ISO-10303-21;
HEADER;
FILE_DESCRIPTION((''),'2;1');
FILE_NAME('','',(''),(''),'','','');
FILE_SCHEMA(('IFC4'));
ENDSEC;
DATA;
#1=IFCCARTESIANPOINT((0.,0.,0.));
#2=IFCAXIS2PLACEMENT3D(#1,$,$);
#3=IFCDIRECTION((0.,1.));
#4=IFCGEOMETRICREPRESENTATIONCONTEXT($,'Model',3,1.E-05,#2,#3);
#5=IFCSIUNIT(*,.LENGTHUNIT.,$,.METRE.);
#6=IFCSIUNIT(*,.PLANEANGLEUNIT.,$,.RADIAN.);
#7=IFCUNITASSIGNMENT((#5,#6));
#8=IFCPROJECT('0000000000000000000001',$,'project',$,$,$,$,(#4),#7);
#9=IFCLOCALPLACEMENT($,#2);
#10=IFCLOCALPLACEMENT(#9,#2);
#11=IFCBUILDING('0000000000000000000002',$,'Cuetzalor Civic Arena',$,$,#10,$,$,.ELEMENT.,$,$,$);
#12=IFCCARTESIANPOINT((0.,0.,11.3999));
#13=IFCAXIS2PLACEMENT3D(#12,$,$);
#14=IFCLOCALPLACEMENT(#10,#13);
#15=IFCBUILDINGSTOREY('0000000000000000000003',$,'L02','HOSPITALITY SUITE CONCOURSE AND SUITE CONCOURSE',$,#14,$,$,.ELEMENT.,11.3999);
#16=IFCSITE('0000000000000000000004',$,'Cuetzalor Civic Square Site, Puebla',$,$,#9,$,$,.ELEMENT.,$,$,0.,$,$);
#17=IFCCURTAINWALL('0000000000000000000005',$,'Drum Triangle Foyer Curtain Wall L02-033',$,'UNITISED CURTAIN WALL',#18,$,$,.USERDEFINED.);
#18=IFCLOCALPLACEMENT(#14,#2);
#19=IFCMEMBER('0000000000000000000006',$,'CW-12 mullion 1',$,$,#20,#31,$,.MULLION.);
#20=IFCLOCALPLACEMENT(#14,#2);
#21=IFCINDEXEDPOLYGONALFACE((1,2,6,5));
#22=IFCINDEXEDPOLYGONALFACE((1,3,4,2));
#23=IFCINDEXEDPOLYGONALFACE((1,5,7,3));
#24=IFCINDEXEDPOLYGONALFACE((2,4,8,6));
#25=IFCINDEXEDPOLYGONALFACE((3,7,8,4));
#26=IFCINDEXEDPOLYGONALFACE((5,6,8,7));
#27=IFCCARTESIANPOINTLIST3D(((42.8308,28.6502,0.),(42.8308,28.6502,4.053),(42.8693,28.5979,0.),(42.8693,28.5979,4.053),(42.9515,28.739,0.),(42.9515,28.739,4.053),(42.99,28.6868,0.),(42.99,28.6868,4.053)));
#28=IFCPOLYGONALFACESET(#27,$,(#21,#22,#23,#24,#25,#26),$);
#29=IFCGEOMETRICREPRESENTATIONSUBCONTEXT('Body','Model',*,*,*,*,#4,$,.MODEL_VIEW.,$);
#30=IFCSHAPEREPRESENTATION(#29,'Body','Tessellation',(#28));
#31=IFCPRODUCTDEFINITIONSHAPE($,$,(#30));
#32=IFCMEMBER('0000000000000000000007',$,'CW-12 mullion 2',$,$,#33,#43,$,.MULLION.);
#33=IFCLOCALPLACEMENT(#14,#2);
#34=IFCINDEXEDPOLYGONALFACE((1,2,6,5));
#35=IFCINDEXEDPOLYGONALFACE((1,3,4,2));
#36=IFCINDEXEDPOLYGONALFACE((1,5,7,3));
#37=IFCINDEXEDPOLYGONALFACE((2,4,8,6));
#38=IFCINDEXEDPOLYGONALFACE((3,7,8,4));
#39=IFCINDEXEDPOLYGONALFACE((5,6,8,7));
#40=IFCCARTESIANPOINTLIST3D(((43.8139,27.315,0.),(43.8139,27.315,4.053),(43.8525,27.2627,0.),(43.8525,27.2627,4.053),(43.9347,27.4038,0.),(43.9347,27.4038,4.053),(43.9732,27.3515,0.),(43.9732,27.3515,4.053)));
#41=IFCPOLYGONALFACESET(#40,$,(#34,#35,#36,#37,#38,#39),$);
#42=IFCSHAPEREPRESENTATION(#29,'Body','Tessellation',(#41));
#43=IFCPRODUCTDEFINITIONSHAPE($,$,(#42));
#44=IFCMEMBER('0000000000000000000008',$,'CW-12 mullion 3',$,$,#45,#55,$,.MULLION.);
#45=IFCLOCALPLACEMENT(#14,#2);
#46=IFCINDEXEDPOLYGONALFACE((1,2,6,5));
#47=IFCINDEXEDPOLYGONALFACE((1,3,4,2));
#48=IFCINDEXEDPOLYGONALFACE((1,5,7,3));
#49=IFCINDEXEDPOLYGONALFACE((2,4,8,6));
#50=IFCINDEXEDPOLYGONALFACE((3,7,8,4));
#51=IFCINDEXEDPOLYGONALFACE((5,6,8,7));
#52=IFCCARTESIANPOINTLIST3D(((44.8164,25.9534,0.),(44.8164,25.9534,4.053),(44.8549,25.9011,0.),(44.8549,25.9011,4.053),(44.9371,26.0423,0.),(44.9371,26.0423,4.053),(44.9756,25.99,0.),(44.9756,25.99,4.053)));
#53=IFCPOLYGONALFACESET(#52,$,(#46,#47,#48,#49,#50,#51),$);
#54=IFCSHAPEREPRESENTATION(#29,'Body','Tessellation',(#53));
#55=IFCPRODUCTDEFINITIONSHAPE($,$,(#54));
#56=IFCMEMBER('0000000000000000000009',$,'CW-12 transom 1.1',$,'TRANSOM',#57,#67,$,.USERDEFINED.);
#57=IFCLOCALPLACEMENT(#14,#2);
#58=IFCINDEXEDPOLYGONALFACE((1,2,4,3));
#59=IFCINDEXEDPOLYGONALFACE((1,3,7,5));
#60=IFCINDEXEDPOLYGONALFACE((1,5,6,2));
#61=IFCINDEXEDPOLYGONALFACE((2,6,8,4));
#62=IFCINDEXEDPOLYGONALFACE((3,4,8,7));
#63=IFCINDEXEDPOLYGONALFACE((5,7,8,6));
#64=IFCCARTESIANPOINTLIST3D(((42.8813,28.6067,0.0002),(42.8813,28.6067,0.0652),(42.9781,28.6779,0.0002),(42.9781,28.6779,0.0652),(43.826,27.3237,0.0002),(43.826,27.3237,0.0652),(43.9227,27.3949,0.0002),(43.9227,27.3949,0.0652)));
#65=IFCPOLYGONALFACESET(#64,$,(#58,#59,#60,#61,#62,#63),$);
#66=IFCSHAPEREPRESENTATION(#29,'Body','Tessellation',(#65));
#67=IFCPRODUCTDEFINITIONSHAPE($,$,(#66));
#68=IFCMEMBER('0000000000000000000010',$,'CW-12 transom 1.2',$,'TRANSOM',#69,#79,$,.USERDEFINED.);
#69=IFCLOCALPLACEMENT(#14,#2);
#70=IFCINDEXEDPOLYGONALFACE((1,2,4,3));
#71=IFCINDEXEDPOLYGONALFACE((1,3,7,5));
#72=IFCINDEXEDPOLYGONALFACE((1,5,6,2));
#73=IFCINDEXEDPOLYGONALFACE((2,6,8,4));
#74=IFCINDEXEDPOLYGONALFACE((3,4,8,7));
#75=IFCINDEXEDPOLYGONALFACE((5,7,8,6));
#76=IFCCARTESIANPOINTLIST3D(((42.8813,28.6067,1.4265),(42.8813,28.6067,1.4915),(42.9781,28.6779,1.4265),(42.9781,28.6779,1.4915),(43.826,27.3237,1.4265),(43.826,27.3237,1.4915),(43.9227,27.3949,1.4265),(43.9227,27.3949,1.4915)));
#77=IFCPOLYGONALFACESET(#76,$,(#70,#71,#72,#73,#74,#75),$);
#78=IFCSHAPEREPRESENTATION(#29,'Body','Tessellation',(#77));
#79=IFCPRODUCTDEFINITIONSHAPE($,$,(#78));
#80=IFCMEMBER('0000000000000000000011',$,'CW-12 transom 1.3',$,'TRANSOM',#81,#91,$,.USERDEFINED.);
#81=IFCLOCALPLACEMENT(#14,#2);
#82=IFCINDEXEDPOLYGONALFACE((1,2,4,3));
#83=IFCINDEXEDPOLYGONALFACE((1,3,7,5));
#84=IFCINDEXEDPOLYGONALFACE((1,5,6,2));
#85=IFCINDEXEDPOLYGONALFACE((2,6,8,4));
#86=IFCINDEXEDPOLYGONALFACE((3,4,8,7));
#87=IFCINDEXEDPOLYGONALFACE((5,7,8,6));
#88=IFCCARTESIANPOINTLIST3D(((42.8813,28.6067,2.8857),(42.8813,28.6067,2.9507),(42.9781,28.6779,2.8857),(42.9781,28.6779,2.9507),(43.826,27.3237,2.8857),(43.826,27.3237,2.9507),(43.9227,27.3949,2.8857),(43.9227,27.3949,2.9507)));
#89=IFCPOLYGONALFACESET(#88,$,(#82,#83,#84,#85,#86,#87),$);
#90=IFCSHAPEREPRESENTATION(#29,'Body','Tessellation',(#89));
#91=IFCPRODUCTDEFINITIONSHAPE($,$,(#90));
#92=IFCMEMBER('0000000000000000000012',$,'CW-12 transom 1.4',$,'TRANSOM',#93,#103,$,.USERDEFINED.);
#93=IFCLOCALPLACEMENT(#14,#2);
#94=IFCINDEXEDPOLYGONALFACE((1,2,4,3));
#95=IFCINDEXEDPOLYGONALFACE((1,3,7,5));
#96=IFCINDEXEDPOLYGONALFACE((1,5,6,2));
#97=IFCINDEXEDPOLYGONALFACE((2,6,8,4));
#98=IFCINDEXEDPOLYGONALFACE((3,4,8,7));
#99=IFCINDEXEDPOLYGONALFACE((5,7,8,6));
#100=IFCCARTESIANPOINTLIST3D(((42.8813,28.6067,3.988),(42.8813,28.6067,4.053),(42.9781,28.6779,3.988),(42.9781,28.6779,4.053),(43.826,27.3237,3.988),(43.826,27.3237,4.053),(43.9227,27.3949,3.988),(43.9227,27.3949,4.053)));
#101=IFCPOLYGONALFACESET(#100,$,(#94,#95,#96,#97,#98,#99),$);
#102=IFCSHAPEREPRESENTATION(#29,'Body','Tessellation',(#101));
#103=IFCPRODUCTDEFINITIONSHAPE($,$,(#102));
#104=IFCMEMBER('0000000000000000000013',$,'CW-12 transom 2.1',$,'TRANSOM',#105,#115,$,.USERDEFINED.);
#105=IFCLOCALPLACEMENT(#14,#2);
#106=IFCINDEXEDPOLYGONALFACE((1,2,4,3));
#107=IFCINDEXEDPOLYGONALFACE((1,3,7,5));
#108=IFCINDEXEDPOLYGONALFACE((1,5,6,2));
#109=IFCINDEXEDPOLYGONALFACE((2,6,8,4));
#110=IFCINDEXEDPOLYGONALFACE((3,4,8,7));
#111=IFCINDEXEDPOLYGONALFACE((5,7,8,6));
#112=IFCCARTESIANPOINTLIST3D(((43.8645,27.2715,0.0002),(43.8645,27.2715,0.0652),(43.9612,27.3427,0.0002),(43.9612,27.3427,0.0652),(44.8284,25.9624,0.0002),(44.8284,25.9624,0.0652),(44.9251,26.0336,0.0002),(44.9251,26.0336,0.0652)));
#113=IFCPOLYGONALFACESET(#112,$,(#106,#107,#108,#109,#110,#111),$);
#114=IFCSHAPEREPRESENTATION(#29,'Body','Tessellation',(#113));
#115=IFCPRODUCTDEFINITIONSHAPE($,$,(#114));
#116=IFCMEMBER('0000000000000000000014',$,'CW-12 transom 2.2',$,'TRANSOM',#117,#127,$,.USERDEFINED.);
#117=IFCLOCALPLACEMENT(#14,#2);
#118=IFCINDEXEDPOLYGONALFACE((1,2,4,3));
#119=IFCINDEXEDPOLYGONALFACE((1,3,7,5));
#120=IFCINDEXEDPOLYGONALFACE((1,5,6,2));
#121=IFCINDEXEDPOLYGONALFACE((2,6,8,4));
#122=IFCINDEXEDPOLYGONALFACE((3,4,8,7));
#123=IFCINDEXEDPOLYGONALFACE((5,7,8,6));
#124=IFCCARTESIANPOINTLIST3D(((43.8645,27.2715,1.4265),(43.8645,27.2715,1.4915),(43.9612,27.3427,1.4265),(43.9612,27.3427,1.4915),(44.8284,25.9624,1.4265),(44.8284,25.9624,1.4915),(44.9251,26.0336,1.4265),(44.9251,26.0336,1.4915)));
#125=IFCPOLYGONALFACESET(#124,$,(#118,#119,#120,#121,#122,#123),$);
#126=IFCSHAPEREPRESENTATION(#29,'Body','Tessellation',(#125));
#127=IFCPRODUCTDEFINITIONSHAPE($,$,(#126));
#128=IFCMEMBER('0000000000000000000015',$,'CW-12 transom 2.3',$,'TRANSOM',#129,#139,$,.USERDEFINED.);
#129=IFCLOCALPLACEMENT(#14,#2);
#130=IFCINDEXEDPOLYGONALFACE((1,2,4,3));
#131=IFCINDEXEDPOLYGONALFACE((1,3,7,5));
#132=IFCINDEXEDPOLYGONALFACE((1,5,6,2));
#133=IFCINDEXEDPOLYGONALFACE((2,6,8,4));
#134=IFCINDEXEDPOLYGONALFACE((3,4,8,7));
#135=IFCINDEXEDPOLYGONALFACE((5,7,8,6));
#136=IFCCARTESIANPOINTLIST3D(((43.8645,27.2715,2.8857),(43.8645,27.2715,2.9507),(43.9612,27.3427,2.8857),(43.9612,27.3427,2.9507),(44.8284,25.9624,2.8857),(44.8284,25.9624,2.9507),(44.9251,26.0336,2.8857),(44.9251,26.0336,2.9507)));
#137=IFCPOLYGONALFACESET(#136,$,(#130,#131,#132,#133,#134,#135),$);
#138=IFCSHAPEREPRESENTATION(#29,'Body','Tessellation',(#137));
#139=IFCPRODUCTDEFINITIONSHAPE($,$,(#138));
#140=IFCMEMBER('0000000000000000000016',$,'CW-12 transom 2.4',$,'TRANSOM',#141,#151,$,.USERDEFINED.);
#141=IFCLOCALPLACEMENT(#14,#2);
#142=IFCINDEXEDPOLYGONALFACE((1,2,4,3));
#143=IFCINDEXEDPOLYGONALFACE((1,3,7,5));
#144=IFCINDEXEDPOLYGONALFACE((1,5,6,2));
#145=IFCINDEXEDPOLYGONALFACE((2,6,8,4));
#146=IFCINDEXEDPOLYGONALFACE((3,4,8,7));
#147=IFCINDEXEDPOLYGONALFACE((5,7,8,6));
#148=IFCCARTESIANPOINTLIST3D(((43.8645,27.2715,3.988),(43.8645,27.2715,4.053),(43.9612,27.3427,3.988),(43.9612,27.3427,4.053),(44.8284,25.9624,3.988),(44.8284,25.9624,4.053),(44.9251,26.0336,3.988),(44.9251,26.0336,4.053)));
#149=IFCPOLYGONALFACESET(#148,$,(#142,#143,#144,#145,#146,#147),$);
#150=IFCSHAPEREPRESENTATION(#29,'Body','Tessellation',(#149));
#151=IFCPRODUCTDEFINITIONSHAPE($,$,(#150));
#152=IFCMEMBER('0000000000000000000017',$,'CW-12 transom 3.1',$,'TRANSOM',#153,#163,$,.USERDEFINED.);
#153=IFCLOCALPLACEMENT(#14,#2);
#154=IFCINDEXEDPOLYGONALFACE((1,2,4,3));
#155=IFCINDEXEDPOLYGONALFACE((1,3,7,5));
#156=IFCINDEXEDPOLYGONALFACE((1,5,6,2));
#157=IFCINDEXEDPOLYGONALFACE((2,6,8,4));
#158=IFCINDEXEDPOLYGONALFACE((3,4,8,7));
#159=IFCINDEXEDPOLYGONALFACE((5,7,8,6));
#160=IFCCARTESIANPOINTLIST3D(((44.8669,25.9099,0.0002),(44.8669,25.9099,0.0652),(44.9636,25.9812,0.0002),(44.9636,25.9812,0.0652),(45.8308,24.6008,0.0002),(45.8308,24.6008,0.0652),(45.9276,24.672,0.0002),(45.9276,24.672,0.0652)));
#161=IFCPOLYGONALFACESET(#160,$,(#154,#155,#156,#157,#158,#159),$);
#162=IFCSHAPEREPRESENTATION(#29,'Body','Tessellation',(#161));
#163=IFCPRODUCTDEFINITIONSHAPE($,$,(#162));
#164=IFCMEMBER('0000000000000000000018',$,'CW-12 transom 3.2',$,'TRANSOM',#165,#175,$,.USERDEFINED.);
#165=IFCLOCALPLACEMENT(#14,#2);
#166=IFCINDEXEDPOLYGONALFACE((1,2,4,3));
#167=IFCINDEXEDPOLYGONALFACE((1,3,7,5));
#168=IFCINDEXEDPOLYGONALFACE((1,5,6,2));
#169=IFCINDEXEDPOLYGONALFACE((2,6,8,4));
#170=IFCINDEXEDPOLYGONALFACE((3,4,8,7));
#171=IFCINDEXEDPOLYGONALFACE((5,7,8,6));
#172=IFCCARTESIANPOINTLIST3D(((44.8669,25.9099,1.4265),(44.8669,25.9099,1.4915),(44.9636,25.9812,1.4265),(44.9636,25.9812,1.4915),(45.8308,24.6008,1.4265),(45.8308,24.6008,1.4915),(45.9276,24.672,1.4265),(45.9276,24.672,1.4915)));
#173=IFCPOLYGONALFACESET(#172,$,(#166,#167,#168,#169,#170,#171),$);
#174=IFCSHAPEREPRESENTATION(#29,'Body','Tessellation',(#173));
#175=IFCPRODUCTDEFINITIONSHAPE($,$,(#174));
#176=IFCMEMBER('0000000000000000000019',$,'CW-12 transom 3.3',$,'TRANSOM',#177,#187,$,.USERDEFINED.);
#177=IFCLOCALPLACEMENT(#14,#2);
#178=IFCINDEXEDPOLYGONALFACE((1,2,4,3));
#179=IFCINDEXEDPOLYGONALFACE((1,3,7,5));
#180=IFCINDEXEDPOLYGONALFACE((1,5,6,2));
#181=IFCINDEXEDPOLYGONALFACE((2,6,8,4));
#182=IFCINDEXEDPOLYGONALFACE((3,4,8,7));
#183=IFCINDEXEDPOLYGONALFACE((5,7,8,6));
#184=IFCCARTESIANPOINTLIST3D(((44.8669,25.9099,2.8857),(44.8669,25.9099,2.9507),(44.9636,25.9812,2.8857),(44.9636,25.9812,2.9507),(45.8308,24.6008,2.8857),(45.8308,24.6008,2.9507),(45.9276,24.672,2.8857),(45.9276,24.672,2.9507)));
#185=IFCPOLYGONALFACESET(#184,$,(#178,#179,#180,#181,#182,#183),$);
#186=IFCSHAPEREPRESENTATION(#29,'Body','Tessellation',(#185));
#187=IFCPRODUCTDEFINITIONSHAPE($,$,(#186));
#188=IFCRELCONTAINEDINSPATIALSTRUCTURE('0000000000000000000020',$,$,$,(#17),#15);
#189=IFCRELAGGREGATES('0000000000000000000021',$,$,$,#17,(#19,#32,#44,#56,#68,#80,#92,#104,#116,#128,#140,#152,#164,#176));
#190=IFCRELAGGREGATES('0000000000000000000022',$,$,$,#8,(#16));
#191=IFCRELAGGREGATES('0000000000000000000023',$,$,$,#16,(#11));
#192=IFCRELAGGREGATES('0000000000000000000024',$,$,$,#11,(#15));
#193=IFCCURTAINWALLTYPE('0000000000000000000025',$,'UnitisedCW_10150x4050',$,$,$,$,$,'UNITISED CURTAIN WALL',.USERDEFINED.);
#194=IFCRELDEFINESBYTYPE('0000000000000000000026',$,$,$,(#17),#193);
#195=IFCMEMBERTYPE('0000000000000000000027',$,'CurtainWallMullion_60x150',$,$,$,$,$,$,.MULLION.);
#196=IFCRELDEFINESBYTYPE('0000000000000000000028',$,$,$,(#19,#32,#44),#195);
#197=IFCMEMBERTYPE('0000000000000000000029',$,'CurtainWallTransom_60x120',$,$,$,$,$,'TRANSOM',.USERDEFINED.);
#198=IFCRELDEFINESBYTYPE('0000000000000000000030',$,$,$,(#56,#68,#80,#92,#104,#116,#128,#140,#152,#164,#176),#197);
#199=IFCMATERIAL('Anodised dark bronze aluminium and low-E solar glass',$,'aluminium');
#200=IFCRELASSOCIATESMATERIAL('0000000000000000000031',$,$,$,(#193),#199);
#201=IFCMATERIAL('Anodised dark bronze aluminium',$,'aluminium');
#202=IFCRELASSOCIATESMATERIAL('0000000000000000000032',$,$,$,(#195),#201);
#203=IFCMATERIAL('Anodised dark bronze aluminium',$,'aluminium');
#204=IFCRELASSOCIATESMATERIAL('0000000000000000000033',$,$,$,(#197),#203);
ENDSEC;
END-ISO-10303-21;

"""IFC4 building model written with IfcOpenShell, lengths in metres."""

from ifc_helpers import new_model, si_unit, direction, frame, origin, origin_2d, place, context, subcontext, project, spatial, rectangle, extrude, material, material_profile, profile_set, type_object, element, aggregate, save


model = new_model("IFC4")

# Units and contexts
model_context = context("Model", 3, precision=1e-05, world=origin(), true_north=direction((0.0, 1.0)))
body_context = subcontext(model_context, "Body", "Model", "MODEL_VIEW")
ifc_project = project(units=[si_unit("LENGTHUNIT", "METRE"), si_unit("PLANEANGLEUNIT", "RADIAN")], contexts=[model_context])

# Site, building, storey
site_placement = place(None, origin())
site = spatial("IfcSite", under=ifc_project, at=site_placement, Name="Cuetzalor Civic Square Site, Puebla", CompositionType="ELEMENT", RefElevation=0.0)
building_placement = place(site_placement, origin())
building = spatial("IfcBuilding", under=site, at=building_placement, Name="Cuetzalor Civic Arena", CompositionType="ELEMENT")
storey_placement = place(building_placement, frame((0.0, 0.0, 11.3999)))
storey = spatial("IfcBuildingStorey", under=building, at=storey_placement, Name="L02", Description="HOSPITALITY SUITE CONCOURSE AND SUITE CONCOURSE", CompositionType="ELEMENT", Elevation=11.3999)

# Curtain wall, members
ifc_material_1 = material(Name="Anodised dark bronze aluminium and low-E solar glass", Category="aluminium")
curtain_wall_type = type_object("IfcCurtainWallType", Name="UnitisedCW_10150x4050", ElementType="UNITISED CURTAIN WALL", PredefinedType="USERDEFINED", material=ifc_material_1)
curtain_wall_placement = place(storey_placement, origin())
curtain_wall = element("IfcCurtainWall", 1, at=curtain_wall_placement, inside=storey, type_object=curtain_wall_type, Name="Drum Triangle Foyer Curtain Wall L02-033", ObjectType="UNITISED CURTAIN WALL", PredefinedType="USERDEFINED")
ifc_material_2 = material(Name="Anodised dark bronze aluminium", Category="aluminium")
ifc_material_profile_1 = material_profile(ifc_material_2, rectangle(XDim=0.0649, YDim=0.1499, at=origin_2d()), Name="ALU MULLION 65x150")
ifc_profile_set_1 = profile_set([ifc_material_profile_1], Name="Anodised dark bronze aluminium")
member_type_1 = type_object("IfcMemberType", Name="CurtainWallMullion_60x150", PredefinedType="MULLION", material=ifc_profile_set_1)
member_1_placement = place(storey_placement, frame((42.9104, 28.6685, 0.0), z_axis=(0.0, 0.0, 1.0), x_axis=(0.592929, -0.805255, 0.0)))
member_1 = element("IfcMember", 2, at=member_1_placement, type_object=member_type_1, Name="CW-12 mullion 1", PredefinedType="MULLION", context=body_context, shape_type="SweptSolid", body=[
    extrude(rectangle(XDim=0.0649, YDim=0.1499, at=origin_2d()), origin(), (0.0, 0.0, 1.0), 4.053),
])
member_2_placement = place(storey_placement, frame((43.8936, 27.3333, 0.0), z_axis=(0.0, 0.0, 1.0), x_axis=(0.592929, -0.805255, 0.0)))
member_2 = element("IfcMember", 3, at=member_2_placement, type_object=member_type_1, Name="CW-12 mullion 2", PredefinedType="MULLION", context=body_context, shape_type="SweptSolid", body=[
    extrude(rectangle(XDim=0.0649, YDim=0.1499, at=origin_2d()), origin(), (0.0, 0.0, 1.0), 4.053),
])
member_3_placement = place(storey_placement, frame((44.896, 25.9717, 0.0), z_axis=(0.0, 0.0, 1.0), x_axis=(0.592929, -0.805255, 0.0)))
member_3 = element("IfcMember", 4, at=member_3_placement, type_object=member_type_1, Name="CW-12 mullion 3", PredefinedType="MULLION", context=body_context, shape_type="SweptSolid", body=[
    extrude(rectangle(XDim=0.0649, YDim=0.1499, at=origin_2d()), origin(), (0.0, 0.0, 1.0), 4.053),
])
ifc_material_3 = material(Name="Anodised dark bronze aluminium", Category="aluminium")
ifc_material_profile_2 = material_profile(ifc_material_3, rectangle(XDim=0.1201, YDim=0.0649, at=origin_2d()), Name="ALU TRANSOM 65x120")
ifc_profile_set_2 = profile_set([ifc_material_profile_2], Name="Anodised dark bronze aluminium")
member_type_2 = type_object("IfcMemberType", Name="CurtainWallTransom_60x120", ElementType="TRANSOM", PredefinedType="USERDEFINED", material=ifc_profile_set_2)
member_4_placement = place(storey_placement, frame((42.9297, 28.6423, 0.0327), z_axis=(0.592891, -0.805283, 0.0), x_axis=(0.805283, 0.592891, 0.0)))
member_4 = element("IfcMember", 5, at=member_4_placement, type_object=member_type_2, Name="CW-12 transom 1.1", ObjectType="TRANSOM", PredefinedType="USERDEFINED", context=body_context, shape_type="SweptSolid", body=[
    extrude(rectangle(XDim=0.1201, YDim=0.0649, at=origin_2d()), origin(), (0.0, 0.0, 1.0), 1.5933),
])
member_5_placement = place(storey_placement, frame((42.9297, 28.6423, 1.459), z_axis=(0.592891, -0.805283, 0.0), x_axis=(0.805283, 0.592891, 0.0)))
member_5 = element("IfcMember", 6, at=member_5_placement, type_object=member_type_2, Name="CW-12 transom 1.2", ObjectType="TRANSOM", PredefinedType="USERDEFINED", context=body_context, shape_type="SweptSolid", body=[
    extrude(rectangle(XDim=0.1201, YDim=0.0649, at=origin_2d()), origin(), (0.0, 0.0, 1.0), 1.5933),
])
member_6_placement = place(storey_placement, frame((42.9297, 28.6423, 2.9182), z_axis=(0.592891, -0.805283, 0.0), x_axis=(0.805283, 0.592891, 0.0)))
member_6 = element("IfcMember", 7, at=member_6_placement, type_object=member_type_2, Name="CW-12 transom 1.3", ObjectType="TRANSOM", PredefinedType="USERDEFINED", context=body_context, shape_type="SweptSolid", body=[
    extrude(rectangle(XDim=0.1201, YDim=0.0649, at=origin_2d()), origin(), (0.0, 0.0, 1.0), 1.5933),
])
member_7_placement = place(storey_placement, frame((42.9297, 28.6423, 4.0205), z_axis=(0.592891, -0.805283, 0.0), x_axis=(0.805283, 0.592891, 0.0)))
member_7 = element("IfcMember", 8, at=member_7_placement, type_object=member_type_2, Name="CW-12 transom 1.4", ObjectType="TRANSOM", PredefinedType="USERDEFINED", context=body_context, shape_type="SweptSolid", body=[
    extrude(rectangle(XDim=0.1201, YDim=0.0649, at=origin_2d()), origin(), (0.0, 0.0, 1.0), 1.5933),
])
member_8_placement = place(storey_placement, frame((43.9128, 27.3071, 0.0327), z_axis=(0.592912, -0.805267, 0.0), x_axis=(0.805267, 0.592912, 0.0)))
member_8 = element("IfcMember", 9, at=member_8_placement, type_object=member_type_2, Name="CW-12 transom 2.1", ObjectType="TRANSOM", PredefinedType="USERDEFINED", context=body_context, shape_type="SweptSolid", body=[
    extrude(rectangle(XDim=0.1201, YDim=0.0649, at=origin_2d()), origin(), (0.0, 0.0, 1.0), 1.6257),
])
member_9_placement = place(storey_placement, frame((43.9128, 27.3071, 1.459), z_axis=(0.592912, -0.805267, 0.0), x_axis=(0.805267, 0.592912, 0.0)))
member_9 = element("IfcMember", 10, at=member_9_placement, type_object=member_type_2, Name="CW-12 transom 2.2", ObjectType="TRANSOM", PredefinedType="USERDEFINED", context=body_context, shape_type="SweptSolid", body=[
    extrude(rectangle(XDim=0.1201, YDim=0.0649, at=origin_2d()), origin(), (0.0, 0.0, 1.0), 1.6257),
])
member_10_placement = place(storey_placement, frame((43.9128, 27.3071, 2.9182), z_axis=(0.592912, -0.805267, 0.0), x_axis=(0.805267, 0.592912, 0.0)))
member_10 = element("IfcMember", 11, at=member_10_placement, type_object=member_type_2, Name="CW-12 transom 2.3", ObjectType="TRANSOM", PredefinedType="USERDEFINED", context=body_context, shape_type="SweptSolid", body=[
    extrude(rectangle(XDim=0.1201, YDim=0.0649, at=origin_2d()), origin(), (0.0, 0.0, 1.0), 1.6257),
])
member_11_placement = place(storey_placement, frame((43.9128, 27.3071, 4.0205), z_axis=(0.592912, -0.805267, 0.0), x_axis=(0.805267, 0.592912, 0.0)))
member_11 = element("IfcMember", 12, at=member_11_placement, type_object=member_type_2, Name="CW-12 transom 2.4", ObjectType="TRANSOM", PredefinedType="USERDEFINED", context=body_context, shape_type="SweptSolid", body=[
    extrude(rectangle(XDim=0.1201, YDim=0.0649, at=origin_2d()), origin(), (0.0, 0.0, 1.0), 1.6257),
])
member_12_placement = place(storey_placement, frame((44.9153, 25.9456, 0.0327), z_axis=(0.592912, -0.805267, 0.0), x_axis=(0.805267, 0.592912, 0.0)))
member_12 = element("IfcMember", 13, at=member_12_placement, type_object=member_type_2, Name="CW-12 transom 3.1", ObjectType="TRANSOM", PredefinedType="USERDEFINED", context=body_context, shape_type="SweptSolid", body=[
    extrude(rectangle(XDim=0.1201, YDim=0.0649, at=origin_2d()), origin(), (0.0, 0.0, 1.0), 1.6257),
])
member_13_placement = place(storey_placement, frame((44.9153, 25.9456, 1.459), z_axis=(0.592912, -0.805267, 0.0), x_axis=(0.805267, 0.592912, 0.0)))
member_13 = element("IfcMember", 14, at=member_13_placement, type_object=member_type_2, Name="CW-12 transom 3.2", ObjectType="TRANSOM", PredefinedType="USERDEFINED", context=body_context, shape_type="SweptSolid", body=[
    extrude(rectangle(XDim=0.1201, YDim=0.0649, at=origin_2d()), origin(), (0.0, 0.0, 1.0), 1.6257),
])
member_14_placement = place(storey_placement, frame((44.9153, 25.9456, 2.9182), z_axis=(0.592912, -0.805267, 0.0), x_axis=(0.805267, 0.592912, 0.0)))
member_14 = element("IfcMember", 15, at=member_14_placement, type_object=member_type_2, Name="CW-12 transom 3.3", ObjectType="TRANSOM", PredefinedType="USERDEFINED", context=body_context, shape_type="SweptSolid", body=[
    extrude(rectangle(XDim=0.1201, YDim=0.0649, at=origin_2d()), origin(), (0.0, 0.0, 1.0), 1.6257),
])
aggregate(curtain_wall, [member_1, member_2, member_3, member_4, member_5, member_6, member_7, member_8, member_9, member_10, member_11, member_12, member_13, member_14])

save(model, "model.ifc")
